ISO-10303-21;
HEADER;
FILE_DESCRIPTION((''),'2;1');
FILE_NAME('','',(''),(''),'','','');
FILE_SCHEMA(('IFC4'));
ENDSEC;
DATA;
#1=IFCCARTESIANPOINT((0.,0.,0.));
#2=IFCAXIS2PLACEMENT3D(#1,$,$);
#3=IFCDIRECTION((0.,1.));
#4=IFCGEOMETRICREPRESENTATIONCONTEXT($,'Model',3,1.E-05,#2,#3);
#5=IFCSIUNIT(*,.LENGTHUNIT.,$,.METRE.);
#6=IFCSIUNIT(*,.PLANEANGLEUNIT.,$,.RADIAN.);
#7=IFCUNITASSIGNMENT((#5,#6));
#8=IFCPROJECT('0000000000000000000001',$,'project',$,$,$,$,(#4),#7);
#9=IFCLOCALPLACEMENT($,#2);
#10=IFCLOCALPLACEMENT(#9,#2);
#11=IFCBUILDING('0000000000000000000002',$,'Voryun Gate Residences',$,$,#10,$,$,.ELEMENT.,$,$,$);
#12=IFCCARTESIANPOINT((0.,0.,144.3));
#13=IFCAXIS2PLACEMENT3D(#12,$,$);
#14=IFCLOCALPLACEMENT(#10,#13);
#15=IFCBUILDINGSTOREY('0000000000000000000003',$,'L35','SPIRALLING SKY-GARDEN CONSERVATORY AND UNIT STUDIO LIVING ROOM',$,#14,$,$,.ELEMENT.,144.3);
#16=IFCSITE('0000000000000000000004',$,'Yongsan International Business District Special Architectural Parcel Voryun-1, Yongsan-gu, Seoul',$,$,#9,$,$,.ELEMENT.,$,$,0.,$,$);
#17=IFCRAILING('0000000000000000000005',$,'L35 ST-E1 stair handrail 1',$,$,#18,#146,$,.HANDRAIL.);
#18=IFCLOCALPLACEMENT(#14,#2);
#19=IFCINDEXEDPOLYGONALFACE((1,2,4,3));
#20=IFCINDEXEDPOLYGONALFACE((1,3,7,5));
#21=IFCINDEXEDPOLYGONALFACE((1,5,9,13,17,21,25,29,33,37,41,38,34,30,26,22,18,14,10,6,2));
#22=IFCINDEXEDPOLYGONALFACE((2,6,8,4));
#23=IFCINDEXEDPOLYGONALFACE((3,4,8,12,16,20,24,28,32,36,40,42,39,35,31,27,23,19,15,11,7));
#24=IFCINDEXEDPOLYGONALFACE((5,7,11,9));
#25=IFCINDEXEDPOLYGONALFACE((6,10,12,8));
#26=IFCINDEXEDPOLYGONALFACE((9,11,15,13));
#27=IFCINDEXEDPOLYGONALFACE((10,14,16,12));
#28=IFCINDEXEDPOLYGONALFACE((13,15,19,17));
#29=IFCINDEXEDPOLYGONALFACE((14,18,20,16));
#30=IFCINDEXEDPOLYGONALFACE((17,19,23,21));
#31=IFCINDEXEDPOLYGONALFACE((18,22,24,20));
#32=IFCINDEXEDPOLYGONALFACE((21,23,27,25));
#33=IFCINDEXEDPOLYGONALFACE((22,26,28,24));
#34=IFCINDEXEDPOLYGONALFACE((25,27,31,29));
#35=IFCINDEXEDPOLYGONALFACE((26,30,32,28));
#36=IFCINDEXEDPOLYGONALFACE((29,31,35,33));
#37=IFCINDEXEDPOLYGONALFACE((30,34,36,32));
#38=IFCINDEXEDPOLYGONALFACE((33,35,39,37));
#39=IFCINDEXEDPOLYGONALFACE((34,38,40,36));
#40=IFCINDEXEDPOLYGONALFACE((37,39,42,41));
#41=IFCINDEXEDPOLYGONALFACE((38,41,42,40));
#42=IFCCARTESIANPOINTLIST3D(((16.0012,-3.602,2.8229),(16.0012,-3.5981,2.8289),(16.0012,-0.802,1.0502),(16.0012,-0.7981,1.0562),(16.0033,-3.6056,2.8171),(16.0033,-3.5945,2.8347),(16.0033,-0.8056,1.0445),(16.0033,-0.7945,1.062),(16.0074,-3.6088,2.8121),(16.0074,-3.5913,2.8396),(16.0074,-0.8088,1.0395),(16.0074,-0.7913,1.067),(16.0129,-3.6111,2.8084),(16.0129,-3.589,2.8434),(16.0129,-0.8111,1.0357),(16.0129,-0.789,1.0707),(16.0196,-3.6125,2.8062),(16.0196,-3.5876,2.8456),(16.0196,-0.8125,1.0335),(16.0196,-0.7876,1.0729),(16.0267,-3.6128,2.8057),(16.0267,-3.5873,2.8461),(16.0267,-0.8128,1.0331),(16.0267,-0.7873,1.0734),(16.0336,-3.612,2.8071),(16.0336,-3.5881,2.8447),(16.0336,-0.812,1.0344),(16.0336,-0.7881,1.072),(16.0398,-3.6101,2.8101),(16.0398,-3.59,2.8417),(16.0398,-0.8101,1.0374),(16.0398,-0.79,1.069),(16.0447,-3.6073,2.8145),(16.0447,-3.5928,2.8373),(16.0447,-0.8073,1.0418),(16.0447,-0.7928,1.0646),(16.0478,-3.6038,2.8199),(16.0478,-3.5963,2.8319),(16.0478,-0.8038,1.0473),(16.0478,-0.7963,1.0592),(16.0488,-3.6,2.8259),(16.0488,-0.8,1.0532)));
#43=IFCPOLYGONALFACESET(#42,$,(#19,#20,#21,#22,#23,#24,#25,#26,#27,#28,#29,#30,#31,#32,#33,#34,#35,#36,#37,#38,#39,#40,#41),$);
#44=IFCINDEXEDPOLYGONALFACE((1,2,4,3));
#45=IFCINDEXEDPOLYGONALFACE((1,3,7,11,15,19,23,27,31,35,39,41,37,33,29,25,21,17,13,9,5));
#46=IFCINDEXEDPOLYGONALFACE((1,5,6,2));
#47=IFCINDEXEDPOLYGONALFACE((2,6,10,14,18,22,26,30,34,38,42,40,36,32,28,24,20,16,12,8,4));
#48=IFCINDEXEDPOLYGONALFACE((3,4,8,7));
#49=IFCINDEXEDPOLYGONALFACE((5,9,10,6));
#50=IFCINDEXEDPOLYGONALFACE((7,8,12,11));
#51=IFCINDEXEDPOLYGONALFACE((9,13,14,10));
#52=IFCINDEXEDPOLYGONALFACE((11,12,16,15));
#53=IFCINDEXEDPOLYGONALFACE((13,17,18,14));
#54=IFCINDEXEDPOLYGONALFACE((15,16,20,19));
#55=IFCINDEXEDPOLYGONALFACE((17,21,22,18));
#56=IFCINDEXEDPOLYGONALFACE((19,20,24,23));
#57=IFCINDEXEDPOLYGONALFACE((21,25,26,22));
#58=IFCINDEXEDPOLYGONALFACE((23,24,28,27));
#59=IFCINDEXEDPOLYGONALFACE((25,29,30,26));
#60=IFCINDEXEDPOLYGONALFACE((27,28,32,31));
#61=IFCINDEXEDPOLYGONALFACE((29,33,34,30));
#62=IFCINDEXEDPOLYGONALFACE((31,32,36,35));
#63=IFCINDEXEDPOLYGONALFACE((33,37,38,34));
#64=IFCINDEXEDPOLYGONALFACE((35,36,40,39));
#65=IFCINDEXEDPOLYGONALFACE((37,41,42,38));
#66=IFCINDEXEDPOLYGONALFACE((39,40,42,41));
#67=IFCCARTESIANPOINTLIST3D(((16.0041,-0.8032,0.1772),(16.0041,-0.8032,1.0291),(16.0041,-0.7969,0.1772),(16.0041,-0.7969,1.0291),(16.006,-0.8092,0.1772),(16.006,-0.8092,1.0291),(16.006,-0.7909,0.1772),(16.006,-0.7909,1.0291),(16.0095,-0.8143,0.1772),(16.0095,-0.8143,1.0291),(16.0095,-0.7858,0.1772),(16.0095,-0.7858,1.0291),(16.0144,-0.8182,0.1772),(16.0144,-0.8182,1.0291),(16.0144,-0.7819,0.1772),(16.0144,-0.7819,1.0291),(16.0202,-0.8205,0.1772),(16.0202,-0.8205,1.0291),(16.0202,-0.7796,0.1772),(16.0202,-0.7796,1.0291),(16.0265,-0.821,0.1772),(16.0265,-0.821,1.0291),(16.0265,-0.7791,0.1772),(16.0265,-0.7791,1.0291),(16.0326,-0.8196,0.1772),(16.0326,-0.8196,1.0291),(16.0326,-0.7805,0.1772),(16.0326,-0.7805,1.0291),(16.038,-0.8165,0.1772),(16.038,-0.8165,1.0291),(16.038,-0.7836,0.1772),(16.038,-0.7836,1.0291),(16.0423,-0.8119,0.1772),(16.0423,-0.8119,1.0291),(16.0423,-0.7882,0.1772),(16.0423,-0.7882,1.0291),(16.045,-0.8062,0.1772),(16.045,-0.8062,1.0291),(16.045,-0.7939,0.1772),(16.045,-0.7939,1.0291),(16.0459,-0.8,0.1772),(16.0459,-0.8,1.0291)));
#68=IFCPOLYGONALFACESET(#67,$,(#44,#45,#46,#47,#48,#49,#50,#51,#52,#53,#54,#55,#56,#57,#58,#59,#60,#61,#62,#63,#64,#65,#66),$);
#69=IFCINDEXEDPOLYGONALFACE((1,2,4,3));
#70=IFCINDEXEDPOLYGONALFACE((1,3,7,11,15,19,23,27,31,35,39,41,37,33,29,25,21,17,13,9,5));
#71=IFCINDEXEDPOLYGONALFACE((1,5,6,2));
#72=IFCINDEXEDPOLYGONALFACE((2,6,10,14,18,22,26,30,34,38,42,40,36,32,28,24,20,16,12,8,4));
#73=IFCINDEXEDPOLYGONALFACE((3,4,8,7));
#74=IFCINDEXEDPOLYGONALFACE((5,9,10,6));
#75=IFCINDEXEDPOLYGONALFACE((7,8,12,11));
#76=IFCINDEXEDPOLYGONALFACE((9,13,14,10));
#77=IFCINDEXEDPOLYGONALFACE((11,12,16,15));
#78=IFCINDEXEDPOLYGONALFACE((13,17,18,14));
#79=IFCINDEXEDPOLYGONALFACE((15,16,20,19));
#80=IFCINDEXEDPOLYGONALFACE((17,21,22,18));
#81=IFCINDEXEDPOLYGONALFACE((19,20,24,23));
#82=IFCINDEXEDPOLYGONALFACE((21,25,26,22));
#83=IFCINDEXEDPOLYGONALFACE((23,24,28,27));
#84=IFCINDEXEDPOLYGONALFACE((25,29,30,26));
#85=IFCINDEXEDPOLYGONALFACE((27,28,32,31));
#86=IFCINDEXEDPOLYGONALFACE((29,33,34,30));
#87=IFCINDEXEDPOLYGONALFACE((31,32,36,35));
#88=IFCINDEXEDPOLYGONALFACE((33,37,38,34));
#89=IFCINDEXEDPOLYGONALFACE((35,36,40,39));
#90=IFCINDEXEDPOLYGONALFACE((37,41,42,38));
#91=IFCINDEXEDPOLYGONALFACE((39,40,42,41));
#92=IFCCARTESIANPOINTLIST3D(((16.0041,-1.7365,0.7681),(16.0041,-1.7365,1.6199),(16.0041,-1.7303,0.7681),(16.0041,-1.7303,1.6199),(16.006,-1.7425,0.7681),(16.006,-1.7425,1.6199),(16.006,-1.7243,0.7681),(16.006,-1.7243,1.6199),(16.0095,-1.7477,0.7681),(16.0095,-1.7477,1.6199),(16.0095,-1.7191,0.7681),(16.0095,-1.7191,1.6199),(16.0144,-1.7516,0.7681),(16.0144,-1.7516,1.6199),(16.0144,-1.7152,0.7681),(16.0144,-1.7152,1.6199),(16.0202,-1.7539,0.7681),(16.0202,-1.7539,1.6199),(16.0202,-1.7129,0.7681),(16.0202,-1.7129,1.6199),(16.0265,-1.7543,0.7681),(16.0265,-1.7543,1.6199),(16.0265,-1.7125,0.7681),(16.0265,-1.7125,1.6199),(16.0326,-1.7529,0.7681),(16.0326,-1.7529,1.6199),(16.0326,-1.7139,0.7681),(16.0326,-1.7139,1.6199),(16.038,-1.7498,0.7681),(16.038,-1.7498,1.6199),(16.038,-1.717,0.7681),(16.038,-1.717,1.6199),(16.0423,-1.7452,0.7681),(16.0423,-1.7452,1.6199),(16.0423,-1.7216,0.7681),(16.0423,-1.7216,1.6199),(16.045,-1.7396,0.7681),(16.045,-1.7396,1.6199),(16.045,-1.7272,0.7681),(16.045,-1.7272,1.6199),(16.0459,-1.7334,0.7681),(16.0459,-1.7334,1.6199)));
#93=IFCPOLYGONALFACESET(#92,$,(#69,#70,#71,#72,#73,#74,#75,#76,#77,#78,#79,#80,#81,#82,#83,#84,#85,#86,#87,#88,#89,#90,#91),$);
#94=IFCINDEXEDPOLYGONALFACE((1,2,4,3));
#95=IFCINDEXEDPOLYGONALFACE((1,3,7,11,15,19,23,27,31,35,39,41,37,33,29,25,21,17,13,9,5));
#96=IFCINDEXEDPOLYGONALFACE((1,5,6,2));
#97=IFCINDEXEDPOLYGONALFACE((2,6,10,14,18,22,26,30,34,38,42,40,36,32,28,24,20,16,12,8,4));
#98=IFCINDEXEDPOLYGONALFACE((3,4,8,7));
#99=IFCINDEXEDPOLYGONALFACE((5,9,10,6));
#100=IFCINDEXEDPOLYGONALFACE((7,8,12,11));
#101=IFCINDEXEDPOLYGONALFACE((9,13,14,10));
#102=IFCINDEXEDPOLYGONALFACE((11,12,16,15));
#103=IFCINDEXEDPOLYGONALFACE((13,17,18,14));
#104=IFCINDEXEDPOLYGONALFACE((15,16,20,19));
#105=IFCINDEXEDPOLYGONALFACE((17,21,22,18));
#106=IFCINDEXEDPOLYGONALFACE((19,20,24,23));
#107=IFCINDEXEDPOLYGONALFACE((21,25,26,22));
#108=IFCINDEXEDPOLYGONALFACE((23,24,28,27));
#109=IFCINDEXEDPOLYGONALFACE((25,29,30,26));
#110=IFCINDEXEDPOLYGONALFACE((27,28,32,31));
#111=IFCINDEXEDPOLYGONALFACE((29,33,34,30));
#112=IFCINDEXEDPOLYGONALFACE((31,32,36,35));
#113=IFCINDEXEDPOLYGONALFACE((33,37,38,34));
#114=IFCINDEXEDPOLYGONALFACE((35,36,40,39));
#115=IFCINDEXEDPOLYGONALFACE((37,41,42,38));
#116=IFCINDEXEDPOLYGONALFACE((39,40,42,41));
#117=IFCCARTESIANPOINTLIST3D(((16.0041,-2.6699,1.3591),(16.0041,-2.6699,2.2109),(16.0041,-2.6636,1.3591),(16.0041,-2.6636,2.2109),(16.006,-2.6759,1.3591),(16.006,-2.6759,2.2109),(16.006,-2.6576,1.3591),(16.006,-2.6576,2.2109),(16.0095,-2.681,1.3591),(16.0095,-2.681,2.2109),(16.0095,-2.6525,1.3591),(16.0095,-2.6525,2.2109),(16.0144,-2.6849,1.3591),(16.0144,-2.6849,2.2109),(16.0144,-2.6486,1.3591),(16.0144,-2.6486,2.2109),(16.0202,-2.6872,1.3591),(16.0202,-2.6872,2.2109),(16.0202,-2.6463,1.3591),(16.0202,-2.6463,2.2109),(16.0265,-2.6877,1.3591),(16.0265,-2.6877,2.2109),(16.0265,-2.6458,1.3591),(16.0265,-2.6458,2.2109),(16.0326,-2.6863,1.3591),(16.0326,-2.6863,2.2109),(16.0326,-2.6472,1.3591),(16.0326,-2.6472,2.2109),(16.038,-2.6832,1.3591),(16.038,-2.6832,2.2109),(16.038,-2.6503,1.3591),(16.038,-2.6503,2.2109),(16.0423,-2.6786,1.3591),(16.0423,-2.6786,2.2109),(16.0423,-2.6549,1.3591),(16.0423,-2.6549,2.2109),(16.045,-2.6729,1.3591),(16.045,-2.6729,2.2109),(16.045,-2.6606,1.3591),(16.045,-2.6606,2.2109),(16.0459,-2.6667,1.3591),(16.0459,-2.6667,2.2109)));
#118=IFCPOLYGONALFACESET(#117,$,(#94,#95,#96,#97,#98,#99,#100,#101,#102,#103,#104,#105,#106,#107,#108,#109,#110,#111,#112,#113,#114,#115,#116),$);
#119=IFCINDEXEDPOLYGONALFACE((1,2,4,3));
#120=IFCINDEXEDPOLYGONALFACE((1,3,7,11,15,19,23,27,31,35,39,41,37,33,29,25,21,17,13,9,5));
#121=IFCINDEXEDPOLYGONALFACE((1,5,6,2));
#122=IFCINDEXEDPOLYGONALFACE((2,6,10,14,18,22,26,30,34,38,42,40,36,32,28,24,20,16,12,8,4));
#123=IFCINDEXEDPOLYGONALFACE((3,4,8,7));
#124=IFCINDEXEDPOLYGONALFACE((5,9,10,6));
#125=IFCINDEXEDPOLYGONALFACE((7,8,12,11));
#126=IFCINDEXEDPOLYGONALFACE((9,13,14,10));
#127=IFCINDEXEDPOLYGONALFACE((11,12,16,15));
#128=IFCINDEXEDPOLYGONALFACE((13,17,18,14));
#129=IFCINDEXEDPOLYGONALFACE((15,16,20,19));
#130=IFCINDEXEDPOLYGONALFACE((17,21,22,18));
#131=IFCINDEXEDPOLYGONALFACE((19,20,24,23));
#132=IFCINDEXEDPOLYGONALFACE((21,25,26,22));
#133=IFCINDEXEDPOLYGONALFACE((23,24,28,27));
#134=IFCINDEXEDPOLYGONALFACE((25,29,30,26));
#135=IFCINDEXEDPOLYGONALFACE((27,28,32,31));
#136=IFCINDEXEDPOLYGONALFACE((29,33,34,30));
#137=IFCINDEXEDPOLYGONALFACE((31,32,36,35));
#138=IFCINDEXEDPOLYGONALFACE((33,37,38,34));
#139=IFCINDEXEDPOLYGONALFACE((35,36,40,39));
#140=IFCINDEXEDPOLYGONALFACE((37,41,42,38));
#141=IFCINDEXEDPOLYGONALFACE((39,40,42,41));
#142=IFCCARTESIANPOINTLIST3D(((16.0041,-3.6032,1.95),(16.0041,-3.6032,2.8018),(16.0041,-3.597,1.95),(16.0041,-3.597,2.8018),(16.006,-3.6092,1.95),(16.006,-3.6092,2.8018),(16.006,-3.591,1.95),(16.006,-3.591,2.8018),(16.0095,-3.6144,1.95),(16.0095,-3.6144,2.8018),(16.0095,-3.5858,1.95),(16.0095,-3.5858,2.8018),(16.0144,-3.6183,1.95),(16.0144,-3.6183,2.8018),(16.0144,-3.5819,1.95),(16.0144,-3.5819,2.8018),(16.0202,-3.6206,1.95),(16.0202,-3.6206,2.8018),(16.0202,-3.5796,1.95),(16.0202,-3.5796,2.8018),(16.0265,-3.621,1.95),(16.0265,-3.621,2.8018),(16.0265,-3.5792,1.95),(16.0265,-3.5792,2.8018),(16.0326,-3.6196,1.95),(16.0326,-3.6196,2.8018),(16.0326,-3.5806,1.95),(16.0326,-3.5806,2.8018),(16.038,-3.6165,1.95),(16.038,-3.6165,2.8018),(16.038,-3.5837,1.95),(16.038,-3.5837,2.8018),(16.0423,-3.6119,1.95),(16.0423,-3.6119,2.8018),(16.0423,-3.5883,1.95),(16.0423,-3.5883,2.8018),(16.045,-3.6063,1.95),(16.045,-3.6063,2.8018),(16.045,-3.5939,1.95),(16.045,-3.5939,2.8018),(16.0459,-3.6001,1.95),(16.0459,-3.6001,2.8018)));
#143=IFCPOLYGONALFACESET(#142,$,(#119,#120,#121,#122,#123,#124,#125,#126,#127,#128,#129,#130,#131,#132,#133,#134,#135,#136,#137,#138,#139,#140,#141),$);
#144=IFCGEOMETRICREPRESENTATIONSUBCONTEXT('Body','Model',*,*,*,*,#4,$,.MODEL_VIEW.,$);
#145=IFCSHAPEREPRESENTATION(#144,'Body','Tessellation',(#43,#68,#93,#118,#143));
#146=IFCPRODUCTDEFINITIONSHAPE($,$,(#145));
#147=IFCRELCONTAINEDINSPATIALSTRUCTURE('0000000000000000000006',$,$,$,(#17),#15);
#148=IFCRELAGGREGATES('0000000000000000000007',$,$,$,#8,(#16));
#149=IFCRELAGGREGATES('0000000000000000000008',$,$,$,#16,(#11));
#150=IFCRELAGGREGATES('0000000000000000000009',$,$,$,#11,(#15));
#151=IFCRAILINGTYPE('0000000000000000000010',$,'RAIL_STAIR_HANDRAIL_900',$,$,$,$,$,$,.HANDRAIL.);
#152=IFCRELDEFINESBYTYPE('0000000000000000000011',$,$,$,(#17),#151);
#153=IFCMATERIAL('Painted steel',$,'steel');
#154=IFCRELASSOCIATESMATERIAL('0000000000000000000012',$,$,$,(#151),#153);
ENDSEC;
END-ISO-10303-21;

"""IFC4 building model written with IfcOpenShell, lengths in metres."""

from ifc_helpers import new_model, si_unit, direction, frame, origin, origin_2d, place, context, subcontext, project, spatial, circle, extrude, material, type_object, element, save


model = new_model("IFC4")

# Units and contexts
model_context = context("Model", 3, precision=1e-05, world=origin(), true_north=direction((0.0, 1.0)))
body_context = subcontext(model_context, "Body", "Model", "MODEL_VIEW")
ifc_project = project(units=[si_unit("LENGTHUNIT", "METRE"), si_unit("PLANEANGLEUNIT", "RADIAN")], contexts=[model_context])

# Site, building, storey
site_placement = place(None, origin())
site = spatial("IfcSite", under=ifc_project, at=site_placement, Name="Yongsan International Business District Special Architectural Parcel Voryun-1, Yongsan-gu, Seoul", CompositionType="ELEMENT", RefElevation=0.0)
building_placement = place(site_placement, origin())
building = spatial("IfcBuilding", under=site, at=building_placement, Name="Voryun Gate Residences", CompositionType="ELEMENT")
storey_placement = place(building_placement, frame((0.0, 0.0, 144.3)))
storey = spatial("IfcBuildingStorey", under=building, at=storey_placement, Name="L35", Description="SPIRALLING SKY-GARDEN CONSERVATORY AND UNIT STUDIO LIVING ROOM", CompositionType="ELEMENT", Elevation=144.3)

# Railing
ifc_material_1 = material(Name="Painted steel", Category="steel")
railing_type_1 = type_object("IfcRailingType", Name="RAIL_STAIR_HANDRAIL_900", PredefinedType="HANDRAIL", material=ifc_material_1)
railing_1_placement = place(storey_placement, frame((16.0249, -0.8, 0.1772)))
element("IfcRailing", 1, at=railing_1_placement, inside=storey, type_object=railing_type_1, Name="L35 ST-E1 stair handrail 1", PredefinedType="HANDRAIL", context=body_context, shape_type="SweptSolid", body=[
    extrude(circle(Radius=0.0239, at=origin_2d()), frame((0.0, 0.0, 0.876), z_axis=(0.0, -0.844909, 0.53491), x_axis=(1.0, 0.0, 0.0)), (0.0, 0.0, 1.0), 3.314),
    extrude(circle(Radius=0.021, at=origin_2d()), origin(), (0.0, 0.0, 1.0), 0.8518),
    extrude(circle(Radius=0.021, at=origin_2d()), frame((0.0, -0.9333, 0.5908)), (0.0, 0.0, 1.0), 0.8518),
    extrude(circle(Radius=0.021, at=origin_2d()), frame((0.0, -1.8667, 1.1819)), (0.0, 0.0, 1.0), 0.8518),
    extrude(circle(Radius=0.021, at=origin_2d()), frame((0.0, -2.8, 1.7727)), (0.0, 0.0, 1.0), 0.8518),
])

save(model, "model.ifc")
